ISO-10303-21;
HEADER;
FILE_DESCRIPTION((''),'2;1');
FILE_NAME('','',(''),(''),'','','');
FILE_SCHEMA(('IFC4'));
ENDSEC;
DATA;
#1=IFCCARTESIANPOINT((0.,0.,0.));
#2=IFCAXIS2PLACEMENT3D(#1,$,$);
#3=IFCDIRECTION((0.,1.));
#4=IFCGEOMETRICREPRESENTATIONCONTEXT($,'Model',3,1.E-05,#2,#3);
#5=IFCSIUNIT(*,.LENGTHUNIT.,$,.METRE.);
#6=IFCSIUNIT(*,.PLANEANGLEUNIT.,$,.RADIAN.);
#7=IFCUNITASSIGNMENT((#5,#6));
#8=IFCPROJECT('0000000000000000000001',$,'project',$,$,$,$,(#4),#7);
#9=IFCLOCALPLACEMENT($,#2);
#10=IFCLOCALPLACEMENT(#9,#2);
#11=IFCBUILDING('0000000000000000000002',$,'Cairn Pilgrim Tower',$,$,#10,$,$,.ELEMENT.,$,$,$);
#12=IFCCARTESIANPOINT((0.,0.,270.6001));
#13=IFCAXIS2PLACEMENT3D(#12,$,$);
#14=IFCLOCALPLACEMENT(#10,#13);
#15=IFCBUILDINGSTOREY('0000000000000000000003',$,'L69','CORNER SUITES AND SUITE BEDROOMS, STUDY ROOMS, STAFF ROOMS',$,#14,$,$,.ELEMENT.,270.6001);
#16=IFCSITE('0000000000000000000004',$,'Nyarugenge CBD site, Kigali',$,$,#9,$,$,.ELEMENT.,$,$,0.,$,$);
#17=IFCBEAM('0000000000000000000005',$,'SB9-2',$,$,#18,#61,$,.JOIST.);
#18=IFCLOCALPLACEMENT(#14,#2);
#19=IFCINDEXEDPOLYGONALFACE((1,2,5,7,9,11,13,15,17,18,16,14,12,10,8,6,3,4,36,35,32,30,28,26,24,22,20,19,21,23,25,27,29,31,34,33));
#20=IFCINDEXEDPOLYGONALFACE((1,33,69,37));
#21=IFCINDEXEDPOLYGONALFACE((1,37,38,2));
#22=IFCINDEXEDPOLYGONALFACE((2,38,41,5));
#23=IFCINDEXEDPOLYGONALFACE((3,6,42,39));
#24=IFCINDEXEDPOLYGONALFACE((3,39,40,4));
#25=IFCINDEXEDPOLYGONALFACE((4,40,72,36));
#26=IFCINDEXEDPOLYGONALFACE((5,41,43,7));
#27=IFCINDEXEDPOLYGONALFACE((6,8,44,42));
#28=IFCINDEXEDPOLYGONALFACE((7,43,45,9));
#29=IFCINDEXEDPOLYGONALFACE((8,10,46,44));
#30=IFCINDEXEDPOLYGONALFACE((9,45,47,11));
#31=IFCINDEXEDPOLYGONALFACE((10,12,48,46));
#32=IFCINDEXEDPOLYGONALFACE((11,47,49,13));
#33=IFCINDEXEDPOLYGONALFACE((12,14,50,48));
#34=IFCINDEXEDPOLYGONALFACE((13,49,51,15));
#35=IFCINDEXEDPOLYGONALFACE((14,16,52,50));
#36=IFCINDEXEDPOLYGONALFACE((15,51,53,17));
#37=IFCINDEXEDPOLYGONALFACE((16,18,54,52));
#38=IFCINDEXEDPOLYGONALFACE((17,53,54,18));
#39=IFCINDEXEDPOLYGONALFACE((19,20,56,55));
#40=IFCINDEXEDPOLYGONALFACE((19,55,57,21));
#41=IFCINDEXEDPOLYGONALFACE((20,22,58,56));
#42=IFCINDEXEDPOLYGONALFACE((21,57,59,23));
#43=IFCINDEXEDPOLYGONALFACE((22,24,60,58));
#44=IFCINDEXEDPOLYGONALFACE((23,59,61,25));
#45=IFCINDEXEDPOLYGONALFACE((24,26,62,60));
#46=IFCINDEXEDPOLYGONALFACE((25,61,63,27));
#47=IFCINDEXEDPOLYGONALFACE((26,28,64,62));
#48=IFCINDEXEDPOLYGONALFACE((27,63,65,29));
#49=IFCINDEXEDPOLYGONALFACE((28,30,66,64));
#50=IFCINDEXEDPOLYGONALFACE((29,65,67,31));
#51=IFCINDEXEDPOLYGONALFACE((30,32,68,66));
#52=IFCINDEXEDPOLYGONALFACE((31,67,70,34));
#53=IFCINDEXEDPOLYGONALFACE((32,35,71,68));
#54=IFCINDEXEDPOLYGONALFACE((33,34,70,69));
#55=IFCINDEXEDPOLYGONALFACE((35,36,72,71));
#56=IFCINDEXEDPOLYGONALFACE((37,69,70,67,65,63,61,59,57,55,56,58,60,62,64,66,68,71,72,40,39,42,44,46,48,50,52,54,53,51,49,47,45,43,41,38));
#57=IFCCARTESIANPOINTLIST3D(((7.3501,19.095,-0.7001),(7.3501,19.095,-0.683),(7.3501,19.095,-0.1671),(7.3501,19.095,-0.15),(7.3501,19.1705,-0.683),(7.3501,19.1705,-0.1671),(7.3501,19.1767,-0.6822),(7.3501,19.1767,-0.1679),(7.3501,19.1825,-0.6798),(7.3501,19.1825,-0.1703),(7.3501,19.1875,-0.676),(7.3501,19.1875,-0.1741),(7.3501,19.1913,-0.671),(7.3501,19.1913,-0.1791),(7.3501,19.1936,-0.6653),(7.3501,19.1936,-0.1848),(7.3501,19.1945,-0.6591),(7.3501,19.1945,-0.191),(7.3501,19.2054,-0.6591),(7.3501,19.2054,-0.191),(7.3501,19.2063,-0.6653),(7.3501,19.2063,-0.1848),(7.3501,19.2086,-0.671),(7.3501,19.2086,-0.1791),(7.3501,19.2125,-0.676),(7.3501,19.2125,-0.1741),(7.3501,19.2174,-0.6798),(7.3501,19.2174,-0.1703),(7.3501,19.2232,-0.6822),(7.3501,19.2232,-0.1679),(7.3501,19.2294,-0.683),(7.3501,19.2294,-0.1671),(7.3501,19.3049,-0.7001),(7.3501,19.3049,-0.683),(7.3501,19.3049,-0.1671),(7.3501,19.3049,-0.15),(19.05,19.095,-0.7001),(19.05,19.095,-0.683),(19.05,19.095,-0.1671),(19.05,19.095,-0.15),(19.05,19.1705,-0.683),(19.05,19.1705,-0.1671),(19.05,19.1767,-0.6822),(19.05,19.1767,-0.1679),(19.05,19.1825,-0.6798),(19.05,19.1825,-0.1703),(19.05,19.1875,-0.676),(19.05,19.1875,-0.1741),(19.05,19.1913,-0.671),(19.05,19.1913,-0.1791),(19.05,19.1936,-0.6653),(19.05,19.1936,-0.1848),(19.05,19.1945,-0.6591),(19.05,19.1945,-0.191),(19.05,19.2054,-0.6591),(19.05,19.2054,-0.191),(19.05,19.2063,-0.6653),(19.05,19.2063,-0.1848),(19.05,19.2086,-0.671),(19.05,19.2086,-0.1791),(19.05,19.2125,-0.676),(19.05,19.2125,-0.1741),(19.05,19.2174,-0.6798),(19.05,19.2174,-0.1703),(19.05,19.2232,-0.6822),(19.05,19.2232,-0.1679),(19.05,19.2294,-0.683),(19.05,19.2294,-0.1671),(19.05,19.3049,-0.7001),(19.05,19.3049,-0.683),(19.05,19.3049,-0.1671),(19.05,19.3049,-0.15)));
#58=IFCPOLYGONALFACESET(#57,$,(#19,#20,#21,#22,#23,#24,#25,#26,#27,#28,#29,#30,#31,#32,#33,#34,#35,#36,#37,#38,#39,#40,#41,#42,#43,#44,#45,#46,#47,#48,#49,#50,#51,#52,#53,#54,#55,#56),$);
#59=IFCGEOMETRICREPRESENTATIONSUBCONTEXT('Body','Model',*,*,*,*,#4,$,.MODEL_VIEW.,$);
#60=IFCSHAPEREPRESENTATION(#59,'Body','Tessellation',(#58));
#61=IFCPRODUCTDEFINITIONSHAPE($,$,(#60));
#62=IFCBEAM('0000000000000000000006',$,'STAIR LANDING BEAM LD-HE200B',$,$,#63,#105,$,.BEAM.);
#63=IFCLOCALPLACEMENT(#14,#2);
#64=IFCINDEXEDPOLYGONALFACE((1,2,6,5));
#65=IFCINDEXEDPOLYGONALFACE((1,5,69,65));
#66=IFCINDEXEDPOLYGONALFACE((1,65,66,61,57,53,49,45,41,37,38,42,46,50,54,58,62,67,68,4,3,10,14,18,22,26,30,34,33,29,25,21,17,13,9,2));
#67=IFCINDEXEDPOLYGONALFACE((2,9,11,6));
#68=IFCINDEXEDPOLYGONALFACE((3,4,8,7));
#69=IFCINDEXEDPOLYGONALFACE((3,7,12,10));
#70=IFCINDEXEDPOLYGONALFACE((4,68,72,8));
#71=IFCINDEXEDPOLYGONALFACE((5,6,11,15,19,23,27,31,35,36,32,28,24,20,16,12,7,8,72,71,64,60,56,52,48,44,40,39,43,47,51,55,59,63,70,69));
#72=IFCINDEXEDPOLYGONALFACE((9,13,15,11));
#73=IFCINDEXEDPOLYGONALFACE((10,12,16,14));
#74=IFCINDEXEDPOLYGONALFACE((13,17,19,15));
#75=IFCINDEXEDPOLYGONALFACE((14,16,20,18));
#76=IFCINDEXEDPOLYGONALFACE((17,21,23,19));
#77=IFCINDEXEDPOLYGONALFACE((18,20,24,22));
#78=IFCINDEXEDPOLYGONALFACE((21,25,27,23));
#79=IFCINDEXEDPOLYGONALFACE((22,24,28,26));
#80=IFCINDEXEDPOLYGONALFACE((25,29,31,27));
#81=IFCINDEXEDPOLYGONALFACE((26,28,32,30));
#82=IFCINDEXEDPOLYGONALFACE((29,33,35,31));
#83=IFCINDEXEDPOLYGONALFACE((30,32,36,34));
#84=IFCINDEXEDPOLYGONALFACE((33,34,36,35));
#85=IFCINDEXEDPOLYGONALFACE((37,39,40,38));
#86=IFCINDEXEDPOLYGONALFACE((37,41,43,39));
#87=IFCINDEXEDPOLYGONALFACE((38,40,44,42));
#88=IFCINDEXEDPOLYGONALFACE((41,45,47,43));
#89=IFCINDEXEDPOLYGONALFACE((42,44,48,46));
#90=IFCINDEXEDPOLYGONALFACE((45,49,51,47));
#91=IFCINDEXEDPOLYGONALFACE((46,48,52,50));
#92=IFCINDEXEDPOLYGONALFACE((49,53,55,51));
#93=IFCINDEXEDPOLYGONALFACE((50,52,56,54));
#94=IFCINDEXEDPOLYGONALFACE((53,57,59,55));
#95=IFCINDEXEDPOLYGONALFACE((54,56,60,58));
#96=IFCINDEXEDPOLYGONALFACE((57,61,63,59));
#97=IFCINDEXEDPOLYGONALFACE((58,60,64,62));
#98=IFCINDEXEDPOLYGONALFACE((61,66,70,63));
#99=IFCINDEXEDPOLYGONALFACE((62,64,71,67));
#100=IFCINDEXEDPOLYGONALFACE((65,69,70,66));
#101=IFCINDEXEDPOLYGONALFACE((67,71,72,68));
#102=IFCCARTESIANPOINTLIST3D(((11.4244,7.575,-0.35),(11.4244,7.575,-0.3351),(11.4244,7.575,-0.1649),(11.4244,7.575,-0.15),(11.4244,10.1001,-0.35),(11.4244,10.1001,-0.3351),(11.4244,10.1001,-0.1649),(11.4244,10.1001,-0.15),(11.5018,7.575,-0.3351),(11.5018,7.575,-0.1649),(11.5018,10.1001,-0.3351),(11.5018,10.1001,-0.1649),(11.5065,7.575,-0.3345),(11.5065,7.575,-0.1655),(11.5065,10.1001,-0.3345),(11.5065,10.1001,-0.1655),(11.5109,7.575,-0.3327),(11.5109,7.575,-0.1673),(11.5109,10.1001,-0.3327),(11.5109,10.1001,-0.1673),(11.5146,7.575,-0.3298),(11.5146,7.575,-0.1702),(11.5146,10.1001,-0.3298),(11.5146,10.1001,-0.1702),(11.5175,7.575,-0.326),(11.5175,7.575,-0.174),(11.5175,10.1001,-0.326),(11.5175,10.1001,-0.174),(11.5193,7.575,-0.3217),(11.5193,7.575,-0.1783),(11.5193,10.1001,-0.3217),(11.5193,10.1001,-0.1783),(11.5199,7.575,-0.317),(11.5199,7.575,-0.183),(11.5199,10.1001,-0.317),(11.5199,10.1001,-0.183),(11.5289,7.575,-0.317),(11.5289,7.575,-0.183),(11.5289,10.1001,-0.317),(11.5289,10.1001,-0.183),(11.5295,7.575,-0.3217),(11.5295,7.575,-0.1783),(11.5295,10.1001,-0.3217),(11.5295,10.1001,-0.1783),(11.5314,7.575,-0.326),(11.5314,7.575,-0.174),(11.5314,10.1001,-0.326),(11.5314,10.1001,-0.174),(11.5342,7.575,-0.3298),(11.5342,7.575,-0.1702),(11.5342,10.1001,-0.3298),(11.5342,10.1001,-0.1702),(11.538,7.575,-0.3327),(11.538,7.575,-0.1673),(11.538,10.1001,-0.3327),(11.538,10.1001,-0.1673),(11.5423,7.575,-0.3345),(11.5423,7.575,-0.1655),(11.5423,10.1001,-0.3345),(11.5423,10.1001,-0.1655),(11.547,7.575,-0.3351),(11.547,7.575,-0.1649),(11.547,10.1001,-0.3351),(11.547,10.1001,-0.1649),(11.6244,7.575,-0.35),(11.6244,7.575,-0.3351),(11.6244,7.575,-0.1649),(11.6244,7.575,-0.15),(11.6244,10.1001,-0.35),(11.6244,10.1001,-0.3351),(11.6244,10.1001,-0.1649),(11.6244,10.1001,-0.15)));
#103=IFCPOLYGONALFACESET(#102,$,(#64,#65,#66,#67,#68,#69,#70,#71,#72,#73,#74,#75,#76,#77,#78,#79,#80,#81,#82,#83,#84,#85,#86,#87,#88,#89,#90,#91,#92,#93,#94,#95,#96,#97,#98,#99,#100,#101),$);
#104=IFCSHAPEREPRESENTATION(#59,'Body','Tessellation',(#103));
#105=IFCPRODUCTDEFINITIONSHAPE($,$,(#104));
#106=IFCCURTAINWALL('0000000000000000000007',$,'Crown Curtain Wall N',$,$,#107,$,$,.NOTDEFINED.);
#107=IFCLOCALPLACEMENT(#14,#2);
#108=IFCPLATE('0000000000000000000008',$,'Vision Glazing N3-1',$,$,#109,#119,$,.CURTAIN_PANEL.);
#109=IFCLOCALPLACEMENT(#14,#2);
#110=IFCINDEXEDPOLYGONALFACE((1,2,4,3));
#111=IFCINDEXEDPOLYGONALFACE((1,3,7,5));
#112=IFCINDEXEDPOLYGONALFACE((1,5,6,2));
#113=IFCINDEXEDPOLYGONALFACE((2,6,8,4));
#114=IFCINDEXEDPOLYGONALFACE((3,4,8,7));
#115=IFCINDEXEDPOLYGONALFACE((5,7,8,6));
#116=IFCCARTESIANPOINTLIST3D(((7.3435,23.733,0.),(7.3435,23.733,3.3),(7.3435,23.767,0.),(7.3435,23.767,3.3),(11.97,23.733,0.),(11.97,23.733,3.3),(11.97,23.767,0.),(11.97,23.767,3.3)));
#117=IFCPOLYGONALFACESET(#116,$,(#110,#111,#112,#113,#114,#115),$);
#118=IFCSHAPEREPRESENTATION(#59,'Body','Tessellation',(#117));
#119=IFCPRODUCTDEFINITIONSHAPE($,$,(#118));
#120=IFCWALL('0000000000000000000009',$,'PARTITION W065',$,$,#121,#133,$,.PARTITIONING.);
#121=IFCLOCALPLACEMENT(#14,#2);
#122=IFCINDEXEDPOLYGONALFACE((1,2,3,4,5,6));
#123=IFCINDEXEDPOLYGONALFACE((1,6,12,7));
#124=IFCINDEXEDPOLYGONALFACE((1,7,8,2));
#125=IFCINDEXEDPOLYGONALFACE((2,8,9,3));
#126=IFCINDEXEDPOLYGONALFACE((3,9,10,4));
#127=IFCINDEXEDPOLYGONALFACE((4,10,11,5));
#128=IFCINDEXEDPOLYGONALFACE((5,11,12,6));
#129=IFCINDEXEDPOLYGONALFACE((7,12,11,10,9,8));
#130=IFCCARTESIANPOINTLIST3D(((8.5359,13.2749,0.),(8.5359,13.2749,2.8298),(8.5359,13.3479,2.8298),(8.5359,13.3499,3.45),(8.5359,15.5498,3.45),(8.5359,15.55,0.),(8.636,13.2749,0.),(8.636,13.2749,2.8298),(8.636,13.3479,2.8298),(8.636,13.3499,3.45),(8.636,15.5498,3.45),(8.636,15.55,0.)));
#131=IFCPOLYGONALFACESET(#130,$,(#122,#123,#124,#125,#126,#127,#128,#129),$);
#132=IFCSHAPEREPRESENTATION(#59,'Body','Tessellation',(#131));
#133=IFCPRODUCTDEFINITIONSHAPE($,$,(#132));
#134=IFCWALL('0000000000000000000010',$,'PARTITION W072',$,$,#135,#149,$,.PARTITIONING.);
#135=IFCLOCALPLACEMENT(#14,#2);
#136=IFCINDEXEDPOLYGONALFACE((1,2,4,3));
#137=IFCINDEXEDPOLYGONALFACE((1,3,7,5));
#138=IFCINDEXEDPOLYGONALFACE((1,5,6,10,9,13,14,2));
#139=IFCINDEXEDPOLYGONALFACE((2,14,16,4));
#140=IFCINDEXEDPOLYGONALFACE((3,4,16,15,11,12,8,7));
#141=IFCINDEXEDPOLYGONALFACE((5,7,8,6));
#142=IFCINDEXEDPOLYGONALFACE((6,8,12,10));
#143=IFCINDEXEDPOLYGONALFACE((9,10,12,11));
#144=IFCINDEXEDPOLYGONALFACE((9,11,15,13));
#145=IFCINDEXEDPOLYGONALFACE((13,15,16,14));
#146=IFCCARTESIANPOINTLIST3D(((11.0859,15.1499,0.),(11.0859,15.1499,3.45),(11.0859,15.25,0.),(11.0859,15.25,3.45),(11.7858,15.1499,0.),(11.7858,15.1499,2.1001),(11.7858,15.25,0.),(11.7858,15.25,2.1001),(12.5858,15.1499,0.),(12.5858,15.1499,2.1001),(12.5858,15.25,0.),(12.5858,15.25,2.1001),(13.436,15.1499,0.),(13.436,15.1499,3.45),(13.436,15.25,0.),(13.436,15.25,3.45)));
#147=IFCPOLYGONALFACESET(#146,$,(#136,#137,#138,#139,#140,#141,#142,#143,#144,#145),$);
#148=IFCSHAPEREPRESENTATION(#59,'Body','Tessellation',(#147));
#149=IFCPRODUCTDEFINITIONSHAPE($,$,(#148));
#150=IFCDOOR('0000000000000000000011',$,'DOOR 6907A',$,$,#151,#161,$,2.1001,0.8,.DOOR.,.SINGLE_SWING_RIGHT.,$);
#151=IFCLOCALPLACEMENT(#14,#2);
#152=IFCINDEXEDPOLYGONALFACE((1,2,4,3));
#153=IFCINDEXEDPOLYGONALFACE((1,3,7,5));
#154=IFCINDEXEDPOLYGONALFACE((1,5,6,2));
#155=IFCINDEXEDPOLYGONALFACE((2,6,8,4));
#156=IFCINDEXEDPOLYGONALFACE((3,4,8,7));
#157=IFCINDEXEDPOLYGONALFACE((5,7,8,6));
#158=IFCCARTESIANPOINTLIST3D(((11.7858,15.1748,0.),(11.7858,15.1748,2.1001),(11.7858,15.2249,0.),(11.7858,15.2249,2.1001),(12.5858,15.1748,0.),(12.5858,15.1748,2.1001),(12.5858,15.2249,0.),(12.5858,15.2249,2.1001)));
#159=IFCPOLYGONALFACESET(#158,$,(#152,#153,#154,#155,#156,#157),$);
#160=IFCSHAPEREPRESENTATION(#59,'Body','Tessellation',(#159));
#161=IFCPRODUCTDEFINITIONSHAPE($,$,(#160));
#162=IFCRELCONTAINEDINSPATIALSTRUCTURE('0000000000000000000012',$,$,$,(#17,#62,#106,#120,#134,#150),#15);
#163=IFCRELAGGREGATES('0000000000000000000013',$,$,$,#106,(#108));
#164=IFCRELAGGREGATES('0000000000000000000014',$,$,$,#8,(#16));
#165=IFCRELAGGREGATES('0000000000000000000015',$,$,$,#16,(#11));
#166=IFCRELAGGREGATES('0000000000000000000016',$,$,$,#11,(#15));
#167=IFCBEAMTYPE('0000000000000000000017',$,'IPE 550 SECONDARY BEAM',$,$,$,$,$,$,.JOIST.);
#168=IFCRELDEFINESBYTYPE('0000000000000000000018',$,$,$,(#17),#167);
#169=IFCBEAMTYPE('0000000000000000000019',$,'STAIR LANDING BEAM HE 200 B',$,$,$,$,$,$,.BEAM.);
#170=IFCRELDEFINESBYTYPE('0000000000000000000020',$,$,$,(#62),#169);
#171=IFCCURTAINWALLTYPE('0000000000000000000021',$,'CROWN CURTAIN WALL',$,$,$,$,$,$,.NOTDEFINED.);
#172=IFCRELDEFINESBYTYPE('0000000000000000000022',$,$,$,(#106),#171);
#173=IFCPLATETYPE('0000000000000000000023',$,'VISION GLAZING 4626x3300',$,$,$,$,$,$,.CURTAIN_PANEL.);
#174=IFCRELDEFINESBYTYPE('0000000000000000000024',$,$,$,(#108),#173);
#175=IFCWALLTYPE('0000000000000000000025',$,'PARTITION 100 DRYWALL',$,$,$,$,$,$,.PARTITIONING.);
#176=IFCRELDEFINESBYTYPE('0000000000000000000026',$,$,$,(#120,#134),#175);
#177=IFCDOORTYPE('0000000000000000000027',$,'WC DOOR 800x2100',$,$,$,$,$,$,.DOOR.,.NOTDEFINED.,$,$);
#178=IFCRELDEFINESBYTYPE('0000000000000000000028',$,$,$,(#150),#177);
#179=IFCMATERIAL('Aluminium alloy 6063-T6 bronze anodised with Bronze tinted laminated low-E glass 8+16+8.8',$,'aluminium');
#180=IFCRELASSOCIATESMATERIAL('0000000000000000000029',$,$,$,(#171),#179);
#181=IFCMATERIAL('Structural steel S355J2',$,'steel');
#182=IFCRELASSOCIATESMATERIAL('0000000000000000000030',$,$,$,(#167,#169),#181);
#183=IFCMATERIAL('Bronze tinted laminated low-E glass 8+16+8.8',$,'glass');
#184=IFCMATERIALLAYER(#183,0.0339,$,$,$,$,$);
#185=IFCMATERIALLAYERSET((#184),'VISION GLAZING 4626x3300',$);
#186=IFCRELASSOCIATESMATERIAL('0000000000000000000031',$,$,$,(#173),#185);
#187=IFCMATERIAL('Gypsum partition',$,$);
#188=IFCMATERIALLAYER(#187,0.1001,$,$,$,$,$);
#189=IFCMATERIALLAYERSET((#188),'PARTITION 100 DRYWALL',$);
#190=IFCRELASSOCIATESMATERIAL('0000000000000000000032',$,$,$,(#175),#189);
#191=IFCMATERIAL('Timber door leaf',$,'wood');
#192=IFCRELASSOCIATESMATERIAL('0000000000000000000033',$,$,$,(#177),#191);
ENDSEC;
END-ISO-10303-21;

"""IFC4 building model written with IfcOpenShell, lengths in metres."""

from ifc_helpers import new_model, si_unit, direction, frame, frame_2d, origin, origin_2d, place, context, subcontext, project, spatial, polyline, rectangle, i_section, outline, extrude, material, layer, layer_set, material_profile, profile_set, type_object, element, fill, aggregate, save


model = new_model("IFC4")

# Units and contexts
model_context = context("Model", 3, precision=1e-05, world=origin(), true_north=direction((0.0, 1.0)))
body_context = subcontext(model_context, "Body", "Model", "MODEL_VIEW")
ifc_project = project(units=[si_unit("LENGTHUNIT", "METRE"), si_unit("PLANEANGLEUNIT", "RADIAN")], contexts=[model_context])

# Site, building, storey
site_placement = place(None, origin())
site = spatial("IfcSite", under=ifc_project, at=site_placement, Name="Nyarugenge CBD site, Kigali", CompositionType="ELEMENT", RefElevation=0.0)
building_placement = place(site_placement, origin())
building = spatial("IfcBuilding", under=site, at=building_placement, Name="Cairn Pilgrim Tower", CompositionType="ELEMENT")
storey_placement = place(building_placement, frame((0.0, 0.0, 270.6001)))
storey = spatial("IfcBuildingStorey", under=building, at=storey_placement, Name="L69", Description="CORNER SUITES AND SUITE BEDROOMS, STUDY ROOMS, STAFF ROOMS", CompositionType="ELEMENT", Elevation=270.6001)

# Shared definitions
ifc_material_1 = material(Name="Structural steel S355J2", Category="steel")

# Shared definitions
ifc_material_2 = material(Name="Aluminium alloy 6063-T6 bronze anodised with Bronze tinted laminated low-E glass 8+16+8.8", Category="aluminium")
curtain_wall_type = type_object("IfcCurtainWallType", Name="CROWN CURTAIN WALL", PredefinedType="NOTDEFINED", material=ifc_material_2)

# Beams
ifc_material_profile_1 = material_profile(ifc_material_1, i_section(OverallWidth=0.21, OverallDepth=0.55, WebThickness=0.011, FlangeThickness=0.0171, FilletRadius=0.0239, at=origin_2d()), Name="IPE 550")
ifc_profile_set_1 = profile_set([ifc_material_profile_1], Name="Structural steel S355J2")
beam_type_1 = type_object("IfcBeamType", Name="IPE 550 SECONDARY BEAM", PredefinedType="JOIST", material=ifc_profile_set_1)
beam_1_placement = place(storey_placement, frame((7.3501, 19.2, -0.425), z_axis=(1.0, 0.0, 0.0), x_axis=(0.0, 1.0, 0.0)))
element("IfcBeam", 1, at=beam_1_placement, inside=storey, type_object=beam_type_1, Name="SB9-2", PredefinedType="JOIST", context=body_context, shape_type="SweptSolid", body=[
    extrude(i_section(OverallWidth=0.21, OverallDepth=0.55, WebThickness=0.011, FlangeThickness=0.0171, FilletRadius=0.0239, at=origin_2d()), origin(), (0.0, 0.0, 1.0), 11.7),
])
ifc_material_profile_2 = material_profile(ifc_material_1, i_section(OverallWidth=0.2, OverallDepth=0.2, WebThickness=0.009, FlangeThickness=0.0149, FilletRadius=0.0181, at=origin_2d()), Name="HE 200 B")
ifc_profile_set_2 = profile_set([ifc_material_profile_2], Name="Structural steel S355J2")
beam_type_2 = type_object("IfcBeamType", Name="STAIR LANDING BEAM HE 200 B", PredefinedType="BEAM", material=ifc_profile_set_2)
beam_2_placement = place(storey_placement, frame((11.5244, 10.1001, -0.25), z_axis=(0.0, -1.0, 0.0), x_axis=(1.0, 0.0, 0.0)))
element("IfcBeam", 2, at=beam_2_placement, inside=storey, type_object=beam_type_2, Name="STAIR LANDING BEAM LD-HE200B", PredefinedType="BEAM", context=body_context, shape_type="SweptSolid", body=[
    extrude(i_section(OverallWidth=0.2, OverallDepth=0.2, WebThickness=0.009, FlangeThickness=0.0149, FilletRadius=0.0181, at=origin_2d()), origin(), (0.0, 0.0, 1.0), 2.5251),
])

# Curtain wall, plate
curtain_wall_1_placement = place(storey_placement, origin())
curtain_wall_1 = element("IfcCurtainWall", 3, at=curtain_wall_1_placement, inside=storey, type_object=curtain_wall_type, Name="Crown Curtain Wall N", PredefinedType="NOTDEFINED")
ifc_material_3 = material(Name="Bronze tinted laminated low-E glass 8+16+8.8", Category="glass")
ifc_layer_1 = layer(ifc_material_3, 0.0339)
ifc_layer_set_1 = layer_set([ifc_layer_1], Name="VISION GLAZING 4626x3300")
plate_type = type_object("IfcPlateType", Name="VISION GLAZING 4626x3300", PredefinedType="CURTAIN_PANEL", material=ifc_layer_set_1)
plate_placement = place(storey_placement, frame((9.6567, 23.75, 0.0), z_axis=(0.0, 0.0, 1.0), x_axis=(-1.0, 0.0, 0.0)))
plate = element("IfcPlate", 4, at=plate_placement, type_object=plate_type, Name="Vision Glazing N3-1", PredefinedType="CURTAIN_PANEL", context=body_context, shape_type="SweptSolid", body=[
    extrude(rectangle(XDim=4.6265, YDim=0.0339, at=origin_2d()), origin(), (0.0, 0.0, 1.0), 3.3),
])
aggregate(curtain_wall_1, [plate])

# Wall
ifc_material_4 = material(Name="Gypsum partition")
ifc_layer_2 = layer(ifc_material_4, 0.1001)
ifc_layer_set_2 = layer_set([ifc_layer_2], Name="PARTITION 100 DRYWALL")
wall_type_1 = type_object("IfcWallType", Name="PARTITION 100 DRYWALL", PredefinedType="PARTITIONING", material=ifc_layer_set_2)
wall_1_placement = place(storey_placement, frame((8.5859, 13.2749, 0.0), z_axis=(0.0, 0.0, 1.0), x_axis=(0.0, 1.0, 0.0)))
element("IfcWall", 5, at=wall_1_placement, inside=storey, type_object=wall_type_1, Name="PARTITION W065", PredefinedType="PARTITIONING", context=body_context, shape_type="SweptSolid", body=[
    extrude(outline(polyline([(0.0, 0.0), (2.2751, 0.0), (2.2749, 3.45), (0.075, 3.45), (0.073, 2.8298), (0.0, 2.8298), (0.0, 0.0)])), frame((0.0, 0.05, 0.0), z_axis=(0.0, -1.0, 0.0), x_axis=(1.0, 0.0, 0.0)), (0.0, 0.0, 1.0), 0.1001),
])

# Wall, opening, door
wall_2_placement = place(storey_placement, frame((11.0859, 15.2, 0.0), z_axis=(0.0, 0.0, 1.0), x_axis=(1.0, 0.0, 0.0)))
wall_2 = element("IfcWall", 6, at=wall_2_placement, inside=storey, type_object=wall_type_1, Name="PARTITION W072", PredefinedType="PARTITIONING", context=body_context, shape_type="SweptSolid", body=[
    extrude(rectangle(XDim=2.3501, YDim=0.1001, at=frame_2d((1.175, 0.0))), origin(), (0.0, 0.0, 1.0), 3.45),
])
opening_1_placement = place(wall_2_placement, frame((0.7, 0.0, 0.0)))
opening_1 = element("IfcOpeningElement", 7, at=opening_1_placement, cuts=wall_2, PredefinedType="OPENING", context=body_context, shape_type="SweptSolid", body=[
    extrude(rectangle(XDim=0.8, YDim=2.1001, at=frame_2d((0.3999, 1.05))), frame((0.0, 0.0601, 0.0), z_axis=(0.0, -1.0, 0.0), x_axis=(1.0, 0.0, 0.0)), (0.0, 0.0, 1.0), 0.1201),
])
ifc_material_5 = material(Name="Timber door leaf", Category="wood")
door_type_1 = type_object("IfcDoorType", Name="WC DOOR 800x2100", OperationType="NOTDEFINED", PredefinedType="DOOR", material=ifc_material_5)
door_1_placement = place(opening_1_placement, origin())
door_1 = element("IfcDoor", 8, at=door_1_placement, inside=storey, type_object=door_type_1, Name="DOOR 6907A", OperationType="SINGLE_SWING_RIGHT", OverallHeight=2.1001, OverallWidth=0.8, PredefinedType="DOOR", context=body_context, shape_type="SweptSolid", body=[
    extrude(rectangle(XDim=0.8, YDim=2.1001, at=frame_2d((0.3999, 1.05))), frame((0.0, 0.0249, 0.0), z_axis=(0.0, -1.0, 0.0), x_axis=(1.0, 0.0, 0.0)), (0.0, 0.0, 1.0), 0.05),
])
fill(opening_1, door_1)

save(model, "model.ifc")
